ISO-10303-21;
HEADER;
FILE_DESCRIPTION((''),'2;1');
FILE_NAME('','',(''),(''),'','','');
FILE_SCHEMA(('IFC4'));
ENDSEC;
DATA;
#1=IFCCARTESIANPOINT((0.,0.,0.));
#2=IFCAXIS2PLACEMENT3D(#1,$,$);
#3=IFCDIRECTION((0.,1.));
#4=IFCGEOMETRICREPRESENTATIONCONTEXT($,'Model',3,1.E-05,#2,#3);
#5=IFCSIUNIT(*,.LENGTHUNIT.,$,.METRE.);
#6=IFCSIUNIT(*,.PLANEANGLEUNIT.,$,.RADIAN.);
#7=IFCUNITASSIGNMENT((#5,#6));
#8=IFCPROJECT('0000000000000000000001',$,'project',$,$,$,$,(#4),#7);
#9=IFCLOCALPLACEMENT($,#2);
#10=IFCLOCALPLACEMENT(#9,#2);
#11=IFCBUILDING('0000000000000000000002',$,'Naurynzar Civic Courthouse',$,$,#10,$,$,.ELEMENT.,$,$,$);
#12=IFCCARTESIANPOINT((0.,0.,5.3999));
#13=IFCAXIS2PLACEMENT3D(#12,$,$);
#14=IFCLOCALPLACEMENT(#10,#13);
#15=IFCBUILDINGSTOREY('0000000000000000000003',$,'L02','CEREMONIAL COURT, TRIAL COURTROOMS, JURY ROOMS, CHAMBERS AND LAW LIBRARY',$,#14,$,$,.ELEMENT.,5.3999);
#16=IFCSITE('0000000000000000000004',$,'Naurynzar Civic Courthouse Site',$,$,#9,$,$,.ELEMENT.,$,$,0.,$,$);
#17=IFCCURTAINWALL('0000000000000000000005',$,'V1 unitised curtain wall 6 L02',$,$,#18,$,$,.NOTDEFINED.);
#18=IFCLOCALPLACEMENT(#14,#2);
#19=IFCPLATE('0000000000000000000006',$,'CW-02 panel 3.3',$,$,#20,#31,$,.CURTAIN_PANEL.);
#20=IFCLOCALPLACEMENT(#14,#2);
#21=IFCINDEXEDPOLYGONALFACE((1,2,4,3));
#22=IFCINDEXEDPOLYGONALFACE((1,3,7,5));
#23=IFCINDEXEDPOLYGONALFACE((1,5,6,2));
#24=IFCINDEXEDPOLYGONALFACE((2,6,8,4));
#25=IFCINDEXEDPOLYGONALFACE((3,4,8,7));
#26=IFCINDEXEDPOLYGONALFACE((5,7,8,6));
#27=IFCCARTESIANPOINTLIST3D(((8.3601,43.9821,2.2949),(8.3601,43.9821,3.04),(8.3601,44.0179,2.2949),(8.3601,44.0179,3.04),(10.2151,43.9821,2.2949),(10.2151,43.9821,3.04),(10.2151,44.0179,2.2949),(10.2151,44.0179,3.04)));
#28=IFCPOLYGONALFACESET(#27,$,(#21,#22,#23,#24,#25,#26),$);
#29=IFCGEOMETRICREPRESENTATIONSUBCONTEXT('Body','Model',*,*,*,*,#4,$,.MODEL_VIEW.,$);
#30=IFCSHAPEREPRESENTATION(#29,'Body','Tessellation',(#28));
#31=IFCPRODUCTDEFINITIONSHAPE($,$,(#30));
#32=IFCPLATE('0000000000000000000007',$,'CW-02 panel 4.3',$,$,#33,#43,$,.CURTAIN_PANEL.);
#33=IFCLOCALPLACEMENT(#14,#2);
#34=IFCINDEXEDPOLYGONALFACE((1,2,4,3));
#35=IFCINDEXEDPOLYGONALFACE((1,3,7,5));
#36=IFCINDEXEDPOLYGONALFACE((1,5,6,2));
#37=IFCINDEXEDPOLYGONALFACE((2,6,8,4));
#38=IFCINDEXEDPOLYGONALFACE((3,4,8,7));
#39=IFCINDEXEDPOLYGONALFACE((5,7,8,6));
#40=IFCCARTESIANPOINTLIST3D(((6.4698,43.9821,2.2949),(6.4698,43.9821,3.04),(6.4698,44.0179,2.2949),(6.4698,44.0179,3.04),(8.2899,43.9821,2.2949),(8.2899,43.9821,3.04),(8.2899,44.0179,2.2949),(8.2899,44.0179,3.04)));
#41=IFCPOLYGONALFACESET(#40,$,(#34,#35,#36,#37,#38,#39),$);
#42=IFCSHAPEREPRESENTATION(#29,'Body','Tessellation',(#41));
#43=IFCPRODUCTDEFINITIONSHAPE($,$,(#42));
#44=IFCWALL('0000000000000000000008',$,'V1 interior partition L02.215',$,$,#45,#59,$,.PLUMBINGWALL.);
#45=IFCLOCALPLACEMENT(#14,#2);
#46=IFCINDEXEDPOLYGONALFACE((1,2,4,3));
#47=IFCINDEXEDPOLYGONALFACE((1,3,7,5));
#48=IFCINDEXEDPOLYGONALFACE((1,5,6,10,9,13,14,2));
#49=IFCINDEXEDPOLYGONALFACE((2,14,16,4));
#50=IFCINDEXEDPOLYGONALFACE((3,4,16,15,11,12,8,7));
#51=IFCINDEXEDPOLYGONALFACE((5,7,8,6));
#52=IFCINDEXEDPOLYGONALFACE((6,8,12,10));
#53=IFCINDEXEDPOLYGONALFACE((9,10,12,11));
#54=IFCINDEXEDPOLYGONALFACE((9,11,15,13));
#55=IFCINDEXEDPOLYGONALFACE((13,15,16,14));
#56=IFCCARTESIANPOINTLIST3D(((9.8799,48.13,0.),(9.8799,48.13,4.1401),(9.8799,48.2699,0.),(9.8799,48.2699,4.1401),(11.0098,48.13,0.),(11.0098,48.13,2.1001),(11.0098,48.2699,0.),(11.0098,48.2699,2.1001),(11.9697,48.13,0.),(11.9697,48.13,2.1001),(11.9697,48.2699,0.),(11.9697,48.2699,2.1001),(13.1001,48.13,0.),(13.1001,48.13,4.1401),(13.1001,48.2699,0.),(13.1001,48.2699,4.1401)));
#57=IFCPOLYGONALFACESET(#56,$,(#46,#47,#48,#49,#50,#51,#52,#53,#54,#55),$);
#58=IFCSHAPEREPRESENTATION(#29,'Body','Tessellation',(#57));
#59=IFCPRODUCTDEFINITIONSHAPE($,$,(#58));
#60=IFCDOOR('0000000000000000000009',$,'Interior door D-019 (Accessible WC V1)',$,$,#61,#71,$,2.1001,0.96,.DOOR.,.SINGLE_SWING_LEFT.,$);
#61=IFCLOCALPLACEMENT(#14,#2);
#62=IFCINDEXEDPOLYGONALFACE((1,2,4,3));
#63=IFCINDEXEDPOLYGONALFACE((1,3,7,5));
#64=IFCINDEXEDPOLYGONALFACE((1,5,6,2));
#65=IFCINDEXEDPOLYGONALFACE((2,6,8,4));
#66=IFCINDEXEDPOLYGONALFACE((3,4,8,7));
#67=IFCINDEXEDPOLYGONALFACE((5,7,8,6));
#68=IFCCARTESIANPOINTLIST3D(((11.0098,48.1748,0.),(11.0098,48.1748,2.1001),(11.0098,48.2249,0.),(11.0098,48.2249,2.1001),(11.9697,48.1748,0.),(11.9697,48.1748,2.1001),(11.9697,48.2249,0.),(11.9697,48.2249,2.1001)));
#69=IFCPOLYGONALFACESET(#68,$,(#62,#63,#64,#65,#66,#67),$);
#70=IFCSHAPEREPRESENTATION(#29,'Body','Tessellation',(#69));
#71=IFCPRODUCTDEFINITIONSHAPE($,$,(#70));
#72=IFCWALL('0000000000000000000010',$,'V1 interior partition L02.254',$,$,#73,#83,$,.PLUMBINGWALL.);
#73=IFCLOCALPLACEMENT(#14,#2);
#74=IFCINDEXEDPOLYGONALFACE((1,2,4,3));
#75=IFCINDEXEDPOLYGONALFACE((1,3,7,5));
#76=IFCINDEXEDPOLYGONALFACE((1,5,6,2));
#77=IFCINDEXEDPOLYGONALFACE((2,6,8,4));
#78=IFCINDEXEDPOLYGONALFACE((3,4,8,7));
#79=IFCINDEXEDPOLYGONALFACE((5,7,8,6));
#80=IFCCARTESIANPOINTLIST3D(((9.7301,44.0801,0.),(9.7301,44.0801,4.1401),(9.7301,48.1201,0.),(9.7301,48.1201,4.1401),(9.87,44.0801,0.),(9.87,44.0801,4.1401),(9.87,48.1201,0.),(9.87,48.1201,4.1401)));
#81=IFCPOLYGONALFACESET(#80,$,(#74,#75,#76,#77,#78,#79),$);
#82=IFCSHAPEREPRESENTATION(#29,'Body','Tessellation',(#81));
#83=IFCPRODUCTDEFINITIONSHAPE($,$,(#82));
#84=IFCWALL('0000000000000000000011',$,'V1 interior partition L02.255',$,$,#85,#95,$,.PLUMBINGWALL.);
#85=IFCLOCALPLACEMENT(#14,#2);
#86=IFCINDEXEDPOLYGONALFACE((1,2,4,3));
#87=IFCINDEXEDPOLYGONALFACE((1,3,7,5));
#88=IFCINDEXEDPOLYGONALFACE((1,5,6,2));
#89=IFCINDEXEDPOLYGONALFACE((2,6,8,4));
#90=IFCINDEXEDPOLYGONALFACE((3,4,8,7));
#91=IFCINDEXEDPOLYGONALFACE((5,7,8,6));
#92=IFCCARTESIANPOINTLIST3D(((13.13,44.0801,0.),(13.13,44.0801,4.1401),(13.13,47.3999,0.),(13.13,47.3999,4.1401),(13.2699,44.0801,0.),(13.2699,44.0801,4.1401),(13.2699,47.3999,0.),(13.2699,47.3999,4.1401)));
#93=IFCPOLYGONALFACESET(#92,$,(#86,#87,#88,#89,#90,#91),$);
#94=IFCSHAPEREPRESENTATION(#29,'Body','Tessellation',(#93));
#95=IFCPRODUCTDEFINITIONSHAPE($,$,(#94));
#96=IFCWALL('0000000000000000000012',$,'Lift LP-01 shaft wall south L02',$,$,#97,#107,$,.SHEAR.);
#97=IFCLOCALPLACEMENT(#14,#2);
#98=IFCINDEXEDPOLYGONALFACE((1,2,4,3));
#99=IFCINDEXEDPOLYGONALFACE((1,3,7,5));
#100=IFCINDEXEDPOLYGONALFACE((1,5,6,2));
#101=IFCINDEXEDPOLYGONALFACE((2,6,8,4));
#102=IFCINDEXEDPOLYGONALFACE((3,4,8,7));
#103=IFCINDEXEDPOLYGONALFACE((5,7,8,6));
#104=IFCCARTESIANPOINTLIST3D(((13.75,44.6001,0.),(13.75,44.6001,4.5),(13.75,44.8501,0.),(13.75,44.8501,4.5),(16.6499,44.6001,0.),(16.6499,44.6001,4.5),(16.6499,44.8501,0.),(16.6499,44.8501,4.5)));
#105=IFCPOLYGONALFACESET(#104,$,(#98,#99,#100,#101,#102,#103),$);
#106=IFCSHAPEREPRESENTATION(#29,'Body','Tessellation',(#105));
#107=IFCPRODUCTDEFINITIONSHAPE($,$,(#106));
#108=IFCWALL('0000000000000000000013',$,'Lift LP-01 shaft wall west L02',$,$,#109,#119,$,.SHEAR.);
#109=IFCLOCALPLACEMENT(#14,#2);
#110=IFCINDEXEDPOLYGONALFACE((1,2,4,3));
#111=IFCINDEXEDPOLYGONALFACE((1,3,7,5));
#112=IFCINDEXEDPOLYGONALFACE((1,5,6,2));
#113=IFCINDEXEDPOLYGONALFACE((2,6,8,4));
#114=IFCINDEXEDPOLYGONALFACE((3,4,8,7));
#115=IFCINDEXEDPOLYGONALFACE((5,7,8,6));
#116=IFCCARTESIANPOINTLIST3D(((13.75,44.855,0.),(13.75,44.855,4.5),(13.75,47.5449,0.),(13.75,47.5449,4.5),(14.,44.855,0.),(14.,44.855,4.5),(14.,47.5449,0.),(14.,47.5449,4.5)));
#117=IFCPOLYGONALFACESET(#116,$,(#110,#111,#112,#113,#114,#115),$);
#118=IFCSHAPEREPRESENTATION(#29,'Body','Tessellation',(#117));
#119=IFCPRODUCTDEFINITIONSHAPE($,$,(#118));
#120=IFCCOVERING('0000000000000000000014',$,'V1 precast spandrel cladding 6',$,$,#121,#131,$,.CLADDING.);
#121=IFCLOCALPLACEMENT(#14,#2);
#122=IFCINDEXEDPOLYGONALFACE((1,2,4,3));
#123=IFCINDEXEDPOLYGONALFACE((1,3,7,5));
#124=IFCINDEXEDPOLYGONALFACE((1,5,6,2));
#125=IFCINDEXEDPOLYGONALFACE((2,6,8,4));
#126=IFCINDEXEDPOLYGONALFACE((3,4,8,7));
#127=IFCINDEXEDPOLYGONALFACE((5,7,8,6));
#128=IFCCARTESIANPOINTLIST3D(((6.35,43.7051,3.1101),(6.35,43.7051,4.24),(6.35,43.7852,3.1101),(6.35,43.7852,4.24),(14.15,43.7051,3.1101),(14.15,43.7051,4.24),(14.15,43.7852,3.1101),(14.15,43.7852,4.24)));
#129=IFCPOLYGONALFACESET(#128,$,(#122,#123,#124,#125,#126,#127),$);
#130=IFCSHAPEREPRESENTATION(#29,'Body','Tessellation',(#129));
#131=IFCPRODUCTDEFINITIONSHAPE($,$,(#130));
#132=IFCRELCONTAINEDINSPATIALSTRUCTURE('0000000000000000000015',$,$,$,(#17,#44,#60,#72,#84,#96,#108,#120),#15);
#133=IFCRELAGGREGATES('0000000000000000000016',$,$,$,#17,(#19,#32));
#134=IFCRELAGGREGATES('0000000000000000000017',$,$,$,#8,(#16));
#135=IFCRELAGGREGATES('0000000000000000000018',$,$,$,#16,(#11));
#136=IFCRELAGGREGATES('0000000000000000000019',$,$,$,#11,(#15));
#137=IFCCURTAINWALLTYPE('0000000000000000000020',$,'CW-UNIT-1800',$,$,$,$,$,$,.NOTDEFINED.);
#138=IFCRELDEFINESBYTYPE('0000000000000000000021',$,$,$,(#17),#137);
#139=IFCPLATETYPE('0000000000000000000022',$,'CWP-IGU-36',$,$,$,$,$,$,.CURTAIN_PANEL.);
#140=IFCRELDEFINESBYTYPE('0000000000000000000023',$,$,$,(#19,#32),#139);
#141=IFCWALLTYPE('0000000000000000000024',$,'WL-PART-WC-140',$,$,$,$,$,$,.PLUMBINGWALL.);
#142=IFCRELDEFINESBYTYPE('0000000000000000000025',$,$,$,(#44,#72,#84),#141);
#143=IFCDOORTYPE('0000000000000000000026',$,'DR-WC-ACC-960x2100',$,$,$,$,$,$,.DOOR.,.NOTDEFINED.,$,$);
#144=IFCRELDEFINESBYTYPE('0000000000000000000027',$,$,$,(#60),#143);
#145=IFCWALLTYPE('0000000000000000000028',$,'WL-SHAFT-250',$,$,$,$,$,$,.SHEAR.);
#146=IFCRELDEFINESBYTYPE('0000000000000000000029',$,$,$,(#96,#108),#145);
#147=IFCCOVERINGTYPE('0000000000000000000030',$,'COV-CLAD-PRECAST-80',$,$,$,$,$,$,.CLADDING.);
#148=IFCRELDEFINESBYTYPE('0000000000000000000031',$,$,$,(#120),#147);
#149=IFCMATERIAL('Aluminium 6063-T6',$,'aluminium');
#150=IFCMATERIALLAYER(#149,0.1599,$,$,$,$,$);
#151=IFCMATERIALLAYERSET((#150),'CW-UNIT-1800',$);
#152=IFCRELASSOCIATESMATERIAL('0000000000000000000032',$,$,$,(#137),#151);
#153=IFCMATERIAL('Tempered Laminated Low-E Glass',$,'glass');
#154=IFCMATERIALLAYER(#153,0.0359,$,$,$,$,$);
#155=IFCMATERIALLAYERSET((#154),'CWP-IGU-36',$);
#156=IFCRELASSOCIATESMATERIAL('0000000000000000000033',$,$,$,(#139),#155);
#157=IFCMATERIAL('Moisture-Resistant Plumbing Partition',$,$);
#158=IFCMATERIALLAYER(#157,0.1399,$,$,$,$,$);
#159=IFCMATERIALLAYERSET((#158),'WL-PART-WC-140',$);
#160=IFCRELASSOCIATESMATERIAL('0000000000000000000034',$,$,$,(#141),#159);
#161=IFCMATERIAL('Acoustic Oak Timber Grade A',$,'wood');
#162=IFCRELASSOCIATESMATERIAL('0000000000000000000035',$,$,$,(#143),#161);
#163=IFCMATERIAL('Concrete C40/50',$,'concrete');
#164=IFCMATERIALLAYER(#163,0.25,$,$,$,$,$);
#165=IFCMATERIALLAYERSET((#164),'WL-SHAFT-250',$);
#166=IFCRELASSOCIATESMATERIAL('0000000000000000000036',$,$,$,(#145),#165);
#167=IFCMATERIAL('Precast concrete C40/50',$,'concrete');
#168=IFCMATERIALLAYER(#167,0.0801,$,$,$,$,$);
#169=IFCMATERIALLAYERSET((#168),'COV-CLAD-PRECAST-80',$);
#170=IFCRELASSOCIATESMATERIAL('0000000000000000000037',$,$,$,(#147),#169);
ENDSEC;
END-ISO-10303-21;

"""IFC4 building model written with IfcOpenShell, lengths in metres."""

from ifc_helpers import new_model, si_unit, direction, frame, frame_2d, origin, origin_2d, place, context, subcontext, project, spatial, rectangle, extrude, material, layer, layer_set, type_object, element, fill, aggregate, save


model = new_model("IFC4")

# Units and contexts
model_context = context("Model", 3, precision=1e-05, world=origin(), true_north=direction((0.0, 1.0)))
body_context = subcontext(model_context, "Body", "Model", "MODEL_VIEW")
ifc_project = project(units=[si_unit("LENGTHUNIT", "METRE"), si_unit("PLANEANGLEUNIT", "RADIAN")], contexts=[model_context])

# Site, building, storey
site_placement = place(None, origin())
site = spatial("IfcSite", under=ifc_project, at=site_placement, Name="Naurynzar Civic Courthouse Site", CompositionType="ELEMENT", RefElevation=0.0)
building_placement = place(site_placement, origin())
building = spatial("IfcBuilding", under=site, at=building_placement, Name="Naurynzar Civic Courthouse", CompositionType="ELEMENT")
storey_placement = place(building_placement, frame((0.0, 0.0, 5.3999)))
storey = spatial("IfcBuildingStorey", under=building, at=storey_placement, Name="L02", Description="CEREMONIAL COURT, TRIAL COURTROOMS, JURY ROOMS, CHAMBERS AND LAW LIBRARY", CompositionType="ELEMENT", Elevation=5.3999)

# Curtain wall, plates
ifc_material_1 = material(Name="Aluminium 6063-T6", Category="aluminium")
ifc_layer_1 = layer(ifc_material_1, 0.1599)
ifc_layer_set_1 = layer_set([ifc_layer_1], Name="CW-UNIT-1800")
curtain_wall_type = type_object("IfcCurtainWallType", Name="CW-UNIT-1800", PredefinedType="NOTDEFINED", material=ifc_layer_set_1)
curtain_wall_placement = place(storey_placement, origin())
curtain_wall = element("IfcCurtainWall", 1, at=curtain_wall_placement, inside=storey, type_object=curtain_wall_type, Name="V1 unitised curtain wall 6 L02", PredefinedType="NOTDEFINED")
ifc_material_2 = material(Name="Tempered Laminated Low-E Glass", Category="glass")
ifc_layer_2 = layer(ifc_material_2, 0.0359)
ifc_layer_set_2 = layer_set([ifc_layer_2], Name="CWP-IGU-36")
plate_type = type_object("IfcPlateType", Name="CWP-IGU-36", PredefinedType="CURTAIN_PANEL", material=ifc_layer_set_2)
plate_1_placement = place(storey_placement, frame((9.2876, 44.0, 2.2949), z_axis=(0.0, 0.0, 1.0), x_axis=(-1.0, 0.0, 0.0)))
plate_1 = element("IfcPlate", 2, at=plate_1_placement, type_object=plate_type, Name="CW-02 panel 3.3", PredefinedType="CURTAIN_PANEL", context=body_context, shape_type="SweptSolid", body=[
    extrude(rectangle(XDim=1.855, YDim=0.0359, at=origin_2d()), origin(), (0.0, 0.0, 1.0), 0.7451),
])
plate_2_placement = place(storey_placement, frame((7.3799, 44.0, 2.2949), z_axis=(0.0, 0.0, 1.0), x_axis=(-1.0, 0.0, 0.0)))
plate_2 = element("IfcPlate", 3, at=plate_2_placement, type_object=plate_type, Name="CW-02 panel 4.3", PredefinedType="CURTAIN_PANEL", context=body_context, shape_type="SweptSolid", body=[
    extrude(rectangle(XDim=1.8201, YDim=0.0359, at=origin_2d()), origin(), (0.0, 0.0, 1.0), 0.7451),
])
aggregate(curtain_wall, [plate_1, plate_2])

# Wall, opening, door
ifc_material_3 = material(Name="Moisture-Resistant Plumbing Partition")
ifc_layer_3 = layer(ifc_material_3, 0.1399)
ifc_layer_set_3 = layer_set([ifc_layer_3], Name="WL-PART-WC-140")
wall_type_1 = type_object("IfcWallType", Name="WL-PART-WC-140", PredefinedType="PLUMBINGWALL", material=ifc_layer_set_3)
wall_1_placement = place(storey_placement, frame((9.8799, 48.2, 0.0), z_axis=(0.0, 0.0, 1.0), x_axis=(1.0, 0.0, 0.0)))
wall_1 = element("IfcWall", 4, at=wall_1_placement, inside=storey, type_object=wall_type_1, Name="V1 interior partition L02.215", PredefinedType="PLUMBINGWALL", context=body_context, shape_type="SweptSolid", body=[
    extrude(rectangle(XDim=3.2202, YDim=0.1399, at=frame_2d((1.6101, 0.0))), origin(), (0.0, 0.0, 1.0), 4.1401),
])
opening_placement = place(wall_1_placement, frame((1.1299, 0.0, 0.0)))
opening = element("IfcOpeningElement", 5, at=opening_placement, cuts=wall_1, PredefinedType="OPENING", context=body_context, shape_type="SweptSolid", body=[
    extrude(rectangle(XDim=0.96, YDim=2.1001, at=frame_2d((0.48, 1.05))), frame((0.0, 0.0798, 0.0), z_axis=(0.0, -1.0, 0.0), x_axis=(1.0, 0.0, 0.0)), (0.0, 0.0, 1.0), 0.1599),
])
ifc_material_4 = material(Name="Acoustic Oak Timber Grade A", Category="wood")
door_type = type_object("IfcDoorType", Name="DR-WC-ACC-960x2100", OperationType="NOTDEFINED", PredefinedType="DOOR", material=ifc_material_4)
door_placement = place(opening_placement, origin())
door = element("IfcDoor", 6, at=door_placement, inside=storey, type_object=door_type, Name="Interior door D-019 (Accessible WC V1)", OperationType="SINGLE_SWING_LEFT", OverallHeight=2.1001, OverallWidth=0.96, PredefinedType="DOOR", context=body_context, shape_type="SweptSolid", body=[
    extrude(rectangle(XDim=0.96, YDim=2.1001, at=frame_2d((0.48, 1.05))), frame((0.0, 0.0249, 0.0), z_axis=(0.0, -1.0, 0.0), x_axis=(1.0, 0.0, 0.0)), (0.0, 0.0, 1.0), 0.05),
])
fill(opening, door)

# Walls
wall_2_placement = place(storey_placement, frame((9.8, 44.0801, 0.0), z_axis=(0.0, 0.0, 1.0), x_axis=(0.0, 1.0, 0.0)))
element("IfcWall", 7, at=wall_2_placement, inside=storey, type_object=wall_type_1, Name="V1 interior partition L02.254", PredefinedType="PLUMBINGWALL", context=body_context, shape_type="SweptSolid", body=[
    extrude(rectangle(XDim=4.04, YDim=0.1399, at=frame_2d((2.02, 0.0))), origin(), (0.0, 0.0, 1.0), 4.1401),
])
wall_3_placement = place(storey_placement, frame((13.2, 44.0801, 0.0), z_axis=(0.0, 0.0, 1.0), x_axis=(0.0, 1.0, 0.0)))
element("IfcWall", 8, at=wall_3_placement, inside=storey, type_object=wall_type_1, Name="V1 interior partition L02.255", PredefinedType="PLUMBINGWALL", context=body_context, shape_type="SweptSolid", body=[
    extrude(rectangle(XDim=3.3198, YDim=0.1399, at=frame_2d((1.6599, 0.0))), origin(), (0.0, 0.0, 1.0), 4.1401),
])
ifc_material_5 = material(Name="Concrete C40/50", Category="concrete")
ifc_layer_4 = layer(ifc_material_5, 0.25)
ifc_layer_set_4 = layer_set([ifc_layer_4], Name="WL-SHAFT-250")
wall_type_2 = type_object("IfcWallType", Name="WL-SHAFT-250", PredefinedType="SHEAR", material=ifc_layer_set_4)
wall_4_placement = place(storey_placement, frame((13.75, 44.7251, 0.0), z_axis=(0.0, 0.0, 1.0), x_axis=(1.0, 0.0, 0.0)))
element("IfcWall", 9, at=wall_4_placement, inside=storey, type_object=wall_type_2, Name="Lift LP-01 shaft wall south L02", PredefinedType="SHEAR", context=body_context, shape_type="SweptSolid", body=[
    extrude(rectangle(XDim=2.8999, YDim=0.25, at=frame_2d((1.45, 0.0))), origin(), (0.0, 0.0, 1.0), 4.5),
])
wall_5_placement = place(storey_placement, frame((13.875, 47.5449, 0.0), z_axis=(0.0, 0.0, 1.0), x_axis=(0.0, -1.0, 0.0)))
element("IfcWall", 10, at=wall_5_placement, inside=storey, type_object=wall_type_2, Name="Lift LP-01 shaft wall west L02", PredefinedType="SHEAR", context=body_context, shape_type="SweptSolid", body=[
    extrude(rectangle(XDim=2.6899, YDim=0.25, at=frame_2d((1.345, 0.0))), origin(), (0.0, 0.0, 1.0), 4.5),
])

# Covering
ifc_material_6 = material(Name="Precast concrete C40/50", Category="concrete")
ifc_layer_5 = layer(ifc_material_6, 0.0801)
ifc_layer_set_5 = layer_set([ifc_layer_5], Name="COV-CLAD-PRECAST-80")
covering_type = type_object("IfcCoveringType", Name="COV-CLAD-PRECAST-80", PredefinedType="CLADDING", material=ifc_layer_set_5)
covering_placement = place(storey_placement, frame((10.25, 43.7451, 3.1101), z_axis=(0.0, 0.0, 1.0), x_axis=(-1.0, 0.0, 0.0)))
element("IfcCovering", 11, at=covering_placement, inside=storey, type_object=covering_type, Name="V1 precast spandrel cladding 6", PredefinedType="CLADDING", context=body_context, shape_type="SweptSolid", body=[
    extrude(rectangle(XDim=7.8, YDim=0.0801, at=origin_2d()), origin(), (0.0, 0.0, 1.0), 1.1299),
])

save(model, "model.ifc")
